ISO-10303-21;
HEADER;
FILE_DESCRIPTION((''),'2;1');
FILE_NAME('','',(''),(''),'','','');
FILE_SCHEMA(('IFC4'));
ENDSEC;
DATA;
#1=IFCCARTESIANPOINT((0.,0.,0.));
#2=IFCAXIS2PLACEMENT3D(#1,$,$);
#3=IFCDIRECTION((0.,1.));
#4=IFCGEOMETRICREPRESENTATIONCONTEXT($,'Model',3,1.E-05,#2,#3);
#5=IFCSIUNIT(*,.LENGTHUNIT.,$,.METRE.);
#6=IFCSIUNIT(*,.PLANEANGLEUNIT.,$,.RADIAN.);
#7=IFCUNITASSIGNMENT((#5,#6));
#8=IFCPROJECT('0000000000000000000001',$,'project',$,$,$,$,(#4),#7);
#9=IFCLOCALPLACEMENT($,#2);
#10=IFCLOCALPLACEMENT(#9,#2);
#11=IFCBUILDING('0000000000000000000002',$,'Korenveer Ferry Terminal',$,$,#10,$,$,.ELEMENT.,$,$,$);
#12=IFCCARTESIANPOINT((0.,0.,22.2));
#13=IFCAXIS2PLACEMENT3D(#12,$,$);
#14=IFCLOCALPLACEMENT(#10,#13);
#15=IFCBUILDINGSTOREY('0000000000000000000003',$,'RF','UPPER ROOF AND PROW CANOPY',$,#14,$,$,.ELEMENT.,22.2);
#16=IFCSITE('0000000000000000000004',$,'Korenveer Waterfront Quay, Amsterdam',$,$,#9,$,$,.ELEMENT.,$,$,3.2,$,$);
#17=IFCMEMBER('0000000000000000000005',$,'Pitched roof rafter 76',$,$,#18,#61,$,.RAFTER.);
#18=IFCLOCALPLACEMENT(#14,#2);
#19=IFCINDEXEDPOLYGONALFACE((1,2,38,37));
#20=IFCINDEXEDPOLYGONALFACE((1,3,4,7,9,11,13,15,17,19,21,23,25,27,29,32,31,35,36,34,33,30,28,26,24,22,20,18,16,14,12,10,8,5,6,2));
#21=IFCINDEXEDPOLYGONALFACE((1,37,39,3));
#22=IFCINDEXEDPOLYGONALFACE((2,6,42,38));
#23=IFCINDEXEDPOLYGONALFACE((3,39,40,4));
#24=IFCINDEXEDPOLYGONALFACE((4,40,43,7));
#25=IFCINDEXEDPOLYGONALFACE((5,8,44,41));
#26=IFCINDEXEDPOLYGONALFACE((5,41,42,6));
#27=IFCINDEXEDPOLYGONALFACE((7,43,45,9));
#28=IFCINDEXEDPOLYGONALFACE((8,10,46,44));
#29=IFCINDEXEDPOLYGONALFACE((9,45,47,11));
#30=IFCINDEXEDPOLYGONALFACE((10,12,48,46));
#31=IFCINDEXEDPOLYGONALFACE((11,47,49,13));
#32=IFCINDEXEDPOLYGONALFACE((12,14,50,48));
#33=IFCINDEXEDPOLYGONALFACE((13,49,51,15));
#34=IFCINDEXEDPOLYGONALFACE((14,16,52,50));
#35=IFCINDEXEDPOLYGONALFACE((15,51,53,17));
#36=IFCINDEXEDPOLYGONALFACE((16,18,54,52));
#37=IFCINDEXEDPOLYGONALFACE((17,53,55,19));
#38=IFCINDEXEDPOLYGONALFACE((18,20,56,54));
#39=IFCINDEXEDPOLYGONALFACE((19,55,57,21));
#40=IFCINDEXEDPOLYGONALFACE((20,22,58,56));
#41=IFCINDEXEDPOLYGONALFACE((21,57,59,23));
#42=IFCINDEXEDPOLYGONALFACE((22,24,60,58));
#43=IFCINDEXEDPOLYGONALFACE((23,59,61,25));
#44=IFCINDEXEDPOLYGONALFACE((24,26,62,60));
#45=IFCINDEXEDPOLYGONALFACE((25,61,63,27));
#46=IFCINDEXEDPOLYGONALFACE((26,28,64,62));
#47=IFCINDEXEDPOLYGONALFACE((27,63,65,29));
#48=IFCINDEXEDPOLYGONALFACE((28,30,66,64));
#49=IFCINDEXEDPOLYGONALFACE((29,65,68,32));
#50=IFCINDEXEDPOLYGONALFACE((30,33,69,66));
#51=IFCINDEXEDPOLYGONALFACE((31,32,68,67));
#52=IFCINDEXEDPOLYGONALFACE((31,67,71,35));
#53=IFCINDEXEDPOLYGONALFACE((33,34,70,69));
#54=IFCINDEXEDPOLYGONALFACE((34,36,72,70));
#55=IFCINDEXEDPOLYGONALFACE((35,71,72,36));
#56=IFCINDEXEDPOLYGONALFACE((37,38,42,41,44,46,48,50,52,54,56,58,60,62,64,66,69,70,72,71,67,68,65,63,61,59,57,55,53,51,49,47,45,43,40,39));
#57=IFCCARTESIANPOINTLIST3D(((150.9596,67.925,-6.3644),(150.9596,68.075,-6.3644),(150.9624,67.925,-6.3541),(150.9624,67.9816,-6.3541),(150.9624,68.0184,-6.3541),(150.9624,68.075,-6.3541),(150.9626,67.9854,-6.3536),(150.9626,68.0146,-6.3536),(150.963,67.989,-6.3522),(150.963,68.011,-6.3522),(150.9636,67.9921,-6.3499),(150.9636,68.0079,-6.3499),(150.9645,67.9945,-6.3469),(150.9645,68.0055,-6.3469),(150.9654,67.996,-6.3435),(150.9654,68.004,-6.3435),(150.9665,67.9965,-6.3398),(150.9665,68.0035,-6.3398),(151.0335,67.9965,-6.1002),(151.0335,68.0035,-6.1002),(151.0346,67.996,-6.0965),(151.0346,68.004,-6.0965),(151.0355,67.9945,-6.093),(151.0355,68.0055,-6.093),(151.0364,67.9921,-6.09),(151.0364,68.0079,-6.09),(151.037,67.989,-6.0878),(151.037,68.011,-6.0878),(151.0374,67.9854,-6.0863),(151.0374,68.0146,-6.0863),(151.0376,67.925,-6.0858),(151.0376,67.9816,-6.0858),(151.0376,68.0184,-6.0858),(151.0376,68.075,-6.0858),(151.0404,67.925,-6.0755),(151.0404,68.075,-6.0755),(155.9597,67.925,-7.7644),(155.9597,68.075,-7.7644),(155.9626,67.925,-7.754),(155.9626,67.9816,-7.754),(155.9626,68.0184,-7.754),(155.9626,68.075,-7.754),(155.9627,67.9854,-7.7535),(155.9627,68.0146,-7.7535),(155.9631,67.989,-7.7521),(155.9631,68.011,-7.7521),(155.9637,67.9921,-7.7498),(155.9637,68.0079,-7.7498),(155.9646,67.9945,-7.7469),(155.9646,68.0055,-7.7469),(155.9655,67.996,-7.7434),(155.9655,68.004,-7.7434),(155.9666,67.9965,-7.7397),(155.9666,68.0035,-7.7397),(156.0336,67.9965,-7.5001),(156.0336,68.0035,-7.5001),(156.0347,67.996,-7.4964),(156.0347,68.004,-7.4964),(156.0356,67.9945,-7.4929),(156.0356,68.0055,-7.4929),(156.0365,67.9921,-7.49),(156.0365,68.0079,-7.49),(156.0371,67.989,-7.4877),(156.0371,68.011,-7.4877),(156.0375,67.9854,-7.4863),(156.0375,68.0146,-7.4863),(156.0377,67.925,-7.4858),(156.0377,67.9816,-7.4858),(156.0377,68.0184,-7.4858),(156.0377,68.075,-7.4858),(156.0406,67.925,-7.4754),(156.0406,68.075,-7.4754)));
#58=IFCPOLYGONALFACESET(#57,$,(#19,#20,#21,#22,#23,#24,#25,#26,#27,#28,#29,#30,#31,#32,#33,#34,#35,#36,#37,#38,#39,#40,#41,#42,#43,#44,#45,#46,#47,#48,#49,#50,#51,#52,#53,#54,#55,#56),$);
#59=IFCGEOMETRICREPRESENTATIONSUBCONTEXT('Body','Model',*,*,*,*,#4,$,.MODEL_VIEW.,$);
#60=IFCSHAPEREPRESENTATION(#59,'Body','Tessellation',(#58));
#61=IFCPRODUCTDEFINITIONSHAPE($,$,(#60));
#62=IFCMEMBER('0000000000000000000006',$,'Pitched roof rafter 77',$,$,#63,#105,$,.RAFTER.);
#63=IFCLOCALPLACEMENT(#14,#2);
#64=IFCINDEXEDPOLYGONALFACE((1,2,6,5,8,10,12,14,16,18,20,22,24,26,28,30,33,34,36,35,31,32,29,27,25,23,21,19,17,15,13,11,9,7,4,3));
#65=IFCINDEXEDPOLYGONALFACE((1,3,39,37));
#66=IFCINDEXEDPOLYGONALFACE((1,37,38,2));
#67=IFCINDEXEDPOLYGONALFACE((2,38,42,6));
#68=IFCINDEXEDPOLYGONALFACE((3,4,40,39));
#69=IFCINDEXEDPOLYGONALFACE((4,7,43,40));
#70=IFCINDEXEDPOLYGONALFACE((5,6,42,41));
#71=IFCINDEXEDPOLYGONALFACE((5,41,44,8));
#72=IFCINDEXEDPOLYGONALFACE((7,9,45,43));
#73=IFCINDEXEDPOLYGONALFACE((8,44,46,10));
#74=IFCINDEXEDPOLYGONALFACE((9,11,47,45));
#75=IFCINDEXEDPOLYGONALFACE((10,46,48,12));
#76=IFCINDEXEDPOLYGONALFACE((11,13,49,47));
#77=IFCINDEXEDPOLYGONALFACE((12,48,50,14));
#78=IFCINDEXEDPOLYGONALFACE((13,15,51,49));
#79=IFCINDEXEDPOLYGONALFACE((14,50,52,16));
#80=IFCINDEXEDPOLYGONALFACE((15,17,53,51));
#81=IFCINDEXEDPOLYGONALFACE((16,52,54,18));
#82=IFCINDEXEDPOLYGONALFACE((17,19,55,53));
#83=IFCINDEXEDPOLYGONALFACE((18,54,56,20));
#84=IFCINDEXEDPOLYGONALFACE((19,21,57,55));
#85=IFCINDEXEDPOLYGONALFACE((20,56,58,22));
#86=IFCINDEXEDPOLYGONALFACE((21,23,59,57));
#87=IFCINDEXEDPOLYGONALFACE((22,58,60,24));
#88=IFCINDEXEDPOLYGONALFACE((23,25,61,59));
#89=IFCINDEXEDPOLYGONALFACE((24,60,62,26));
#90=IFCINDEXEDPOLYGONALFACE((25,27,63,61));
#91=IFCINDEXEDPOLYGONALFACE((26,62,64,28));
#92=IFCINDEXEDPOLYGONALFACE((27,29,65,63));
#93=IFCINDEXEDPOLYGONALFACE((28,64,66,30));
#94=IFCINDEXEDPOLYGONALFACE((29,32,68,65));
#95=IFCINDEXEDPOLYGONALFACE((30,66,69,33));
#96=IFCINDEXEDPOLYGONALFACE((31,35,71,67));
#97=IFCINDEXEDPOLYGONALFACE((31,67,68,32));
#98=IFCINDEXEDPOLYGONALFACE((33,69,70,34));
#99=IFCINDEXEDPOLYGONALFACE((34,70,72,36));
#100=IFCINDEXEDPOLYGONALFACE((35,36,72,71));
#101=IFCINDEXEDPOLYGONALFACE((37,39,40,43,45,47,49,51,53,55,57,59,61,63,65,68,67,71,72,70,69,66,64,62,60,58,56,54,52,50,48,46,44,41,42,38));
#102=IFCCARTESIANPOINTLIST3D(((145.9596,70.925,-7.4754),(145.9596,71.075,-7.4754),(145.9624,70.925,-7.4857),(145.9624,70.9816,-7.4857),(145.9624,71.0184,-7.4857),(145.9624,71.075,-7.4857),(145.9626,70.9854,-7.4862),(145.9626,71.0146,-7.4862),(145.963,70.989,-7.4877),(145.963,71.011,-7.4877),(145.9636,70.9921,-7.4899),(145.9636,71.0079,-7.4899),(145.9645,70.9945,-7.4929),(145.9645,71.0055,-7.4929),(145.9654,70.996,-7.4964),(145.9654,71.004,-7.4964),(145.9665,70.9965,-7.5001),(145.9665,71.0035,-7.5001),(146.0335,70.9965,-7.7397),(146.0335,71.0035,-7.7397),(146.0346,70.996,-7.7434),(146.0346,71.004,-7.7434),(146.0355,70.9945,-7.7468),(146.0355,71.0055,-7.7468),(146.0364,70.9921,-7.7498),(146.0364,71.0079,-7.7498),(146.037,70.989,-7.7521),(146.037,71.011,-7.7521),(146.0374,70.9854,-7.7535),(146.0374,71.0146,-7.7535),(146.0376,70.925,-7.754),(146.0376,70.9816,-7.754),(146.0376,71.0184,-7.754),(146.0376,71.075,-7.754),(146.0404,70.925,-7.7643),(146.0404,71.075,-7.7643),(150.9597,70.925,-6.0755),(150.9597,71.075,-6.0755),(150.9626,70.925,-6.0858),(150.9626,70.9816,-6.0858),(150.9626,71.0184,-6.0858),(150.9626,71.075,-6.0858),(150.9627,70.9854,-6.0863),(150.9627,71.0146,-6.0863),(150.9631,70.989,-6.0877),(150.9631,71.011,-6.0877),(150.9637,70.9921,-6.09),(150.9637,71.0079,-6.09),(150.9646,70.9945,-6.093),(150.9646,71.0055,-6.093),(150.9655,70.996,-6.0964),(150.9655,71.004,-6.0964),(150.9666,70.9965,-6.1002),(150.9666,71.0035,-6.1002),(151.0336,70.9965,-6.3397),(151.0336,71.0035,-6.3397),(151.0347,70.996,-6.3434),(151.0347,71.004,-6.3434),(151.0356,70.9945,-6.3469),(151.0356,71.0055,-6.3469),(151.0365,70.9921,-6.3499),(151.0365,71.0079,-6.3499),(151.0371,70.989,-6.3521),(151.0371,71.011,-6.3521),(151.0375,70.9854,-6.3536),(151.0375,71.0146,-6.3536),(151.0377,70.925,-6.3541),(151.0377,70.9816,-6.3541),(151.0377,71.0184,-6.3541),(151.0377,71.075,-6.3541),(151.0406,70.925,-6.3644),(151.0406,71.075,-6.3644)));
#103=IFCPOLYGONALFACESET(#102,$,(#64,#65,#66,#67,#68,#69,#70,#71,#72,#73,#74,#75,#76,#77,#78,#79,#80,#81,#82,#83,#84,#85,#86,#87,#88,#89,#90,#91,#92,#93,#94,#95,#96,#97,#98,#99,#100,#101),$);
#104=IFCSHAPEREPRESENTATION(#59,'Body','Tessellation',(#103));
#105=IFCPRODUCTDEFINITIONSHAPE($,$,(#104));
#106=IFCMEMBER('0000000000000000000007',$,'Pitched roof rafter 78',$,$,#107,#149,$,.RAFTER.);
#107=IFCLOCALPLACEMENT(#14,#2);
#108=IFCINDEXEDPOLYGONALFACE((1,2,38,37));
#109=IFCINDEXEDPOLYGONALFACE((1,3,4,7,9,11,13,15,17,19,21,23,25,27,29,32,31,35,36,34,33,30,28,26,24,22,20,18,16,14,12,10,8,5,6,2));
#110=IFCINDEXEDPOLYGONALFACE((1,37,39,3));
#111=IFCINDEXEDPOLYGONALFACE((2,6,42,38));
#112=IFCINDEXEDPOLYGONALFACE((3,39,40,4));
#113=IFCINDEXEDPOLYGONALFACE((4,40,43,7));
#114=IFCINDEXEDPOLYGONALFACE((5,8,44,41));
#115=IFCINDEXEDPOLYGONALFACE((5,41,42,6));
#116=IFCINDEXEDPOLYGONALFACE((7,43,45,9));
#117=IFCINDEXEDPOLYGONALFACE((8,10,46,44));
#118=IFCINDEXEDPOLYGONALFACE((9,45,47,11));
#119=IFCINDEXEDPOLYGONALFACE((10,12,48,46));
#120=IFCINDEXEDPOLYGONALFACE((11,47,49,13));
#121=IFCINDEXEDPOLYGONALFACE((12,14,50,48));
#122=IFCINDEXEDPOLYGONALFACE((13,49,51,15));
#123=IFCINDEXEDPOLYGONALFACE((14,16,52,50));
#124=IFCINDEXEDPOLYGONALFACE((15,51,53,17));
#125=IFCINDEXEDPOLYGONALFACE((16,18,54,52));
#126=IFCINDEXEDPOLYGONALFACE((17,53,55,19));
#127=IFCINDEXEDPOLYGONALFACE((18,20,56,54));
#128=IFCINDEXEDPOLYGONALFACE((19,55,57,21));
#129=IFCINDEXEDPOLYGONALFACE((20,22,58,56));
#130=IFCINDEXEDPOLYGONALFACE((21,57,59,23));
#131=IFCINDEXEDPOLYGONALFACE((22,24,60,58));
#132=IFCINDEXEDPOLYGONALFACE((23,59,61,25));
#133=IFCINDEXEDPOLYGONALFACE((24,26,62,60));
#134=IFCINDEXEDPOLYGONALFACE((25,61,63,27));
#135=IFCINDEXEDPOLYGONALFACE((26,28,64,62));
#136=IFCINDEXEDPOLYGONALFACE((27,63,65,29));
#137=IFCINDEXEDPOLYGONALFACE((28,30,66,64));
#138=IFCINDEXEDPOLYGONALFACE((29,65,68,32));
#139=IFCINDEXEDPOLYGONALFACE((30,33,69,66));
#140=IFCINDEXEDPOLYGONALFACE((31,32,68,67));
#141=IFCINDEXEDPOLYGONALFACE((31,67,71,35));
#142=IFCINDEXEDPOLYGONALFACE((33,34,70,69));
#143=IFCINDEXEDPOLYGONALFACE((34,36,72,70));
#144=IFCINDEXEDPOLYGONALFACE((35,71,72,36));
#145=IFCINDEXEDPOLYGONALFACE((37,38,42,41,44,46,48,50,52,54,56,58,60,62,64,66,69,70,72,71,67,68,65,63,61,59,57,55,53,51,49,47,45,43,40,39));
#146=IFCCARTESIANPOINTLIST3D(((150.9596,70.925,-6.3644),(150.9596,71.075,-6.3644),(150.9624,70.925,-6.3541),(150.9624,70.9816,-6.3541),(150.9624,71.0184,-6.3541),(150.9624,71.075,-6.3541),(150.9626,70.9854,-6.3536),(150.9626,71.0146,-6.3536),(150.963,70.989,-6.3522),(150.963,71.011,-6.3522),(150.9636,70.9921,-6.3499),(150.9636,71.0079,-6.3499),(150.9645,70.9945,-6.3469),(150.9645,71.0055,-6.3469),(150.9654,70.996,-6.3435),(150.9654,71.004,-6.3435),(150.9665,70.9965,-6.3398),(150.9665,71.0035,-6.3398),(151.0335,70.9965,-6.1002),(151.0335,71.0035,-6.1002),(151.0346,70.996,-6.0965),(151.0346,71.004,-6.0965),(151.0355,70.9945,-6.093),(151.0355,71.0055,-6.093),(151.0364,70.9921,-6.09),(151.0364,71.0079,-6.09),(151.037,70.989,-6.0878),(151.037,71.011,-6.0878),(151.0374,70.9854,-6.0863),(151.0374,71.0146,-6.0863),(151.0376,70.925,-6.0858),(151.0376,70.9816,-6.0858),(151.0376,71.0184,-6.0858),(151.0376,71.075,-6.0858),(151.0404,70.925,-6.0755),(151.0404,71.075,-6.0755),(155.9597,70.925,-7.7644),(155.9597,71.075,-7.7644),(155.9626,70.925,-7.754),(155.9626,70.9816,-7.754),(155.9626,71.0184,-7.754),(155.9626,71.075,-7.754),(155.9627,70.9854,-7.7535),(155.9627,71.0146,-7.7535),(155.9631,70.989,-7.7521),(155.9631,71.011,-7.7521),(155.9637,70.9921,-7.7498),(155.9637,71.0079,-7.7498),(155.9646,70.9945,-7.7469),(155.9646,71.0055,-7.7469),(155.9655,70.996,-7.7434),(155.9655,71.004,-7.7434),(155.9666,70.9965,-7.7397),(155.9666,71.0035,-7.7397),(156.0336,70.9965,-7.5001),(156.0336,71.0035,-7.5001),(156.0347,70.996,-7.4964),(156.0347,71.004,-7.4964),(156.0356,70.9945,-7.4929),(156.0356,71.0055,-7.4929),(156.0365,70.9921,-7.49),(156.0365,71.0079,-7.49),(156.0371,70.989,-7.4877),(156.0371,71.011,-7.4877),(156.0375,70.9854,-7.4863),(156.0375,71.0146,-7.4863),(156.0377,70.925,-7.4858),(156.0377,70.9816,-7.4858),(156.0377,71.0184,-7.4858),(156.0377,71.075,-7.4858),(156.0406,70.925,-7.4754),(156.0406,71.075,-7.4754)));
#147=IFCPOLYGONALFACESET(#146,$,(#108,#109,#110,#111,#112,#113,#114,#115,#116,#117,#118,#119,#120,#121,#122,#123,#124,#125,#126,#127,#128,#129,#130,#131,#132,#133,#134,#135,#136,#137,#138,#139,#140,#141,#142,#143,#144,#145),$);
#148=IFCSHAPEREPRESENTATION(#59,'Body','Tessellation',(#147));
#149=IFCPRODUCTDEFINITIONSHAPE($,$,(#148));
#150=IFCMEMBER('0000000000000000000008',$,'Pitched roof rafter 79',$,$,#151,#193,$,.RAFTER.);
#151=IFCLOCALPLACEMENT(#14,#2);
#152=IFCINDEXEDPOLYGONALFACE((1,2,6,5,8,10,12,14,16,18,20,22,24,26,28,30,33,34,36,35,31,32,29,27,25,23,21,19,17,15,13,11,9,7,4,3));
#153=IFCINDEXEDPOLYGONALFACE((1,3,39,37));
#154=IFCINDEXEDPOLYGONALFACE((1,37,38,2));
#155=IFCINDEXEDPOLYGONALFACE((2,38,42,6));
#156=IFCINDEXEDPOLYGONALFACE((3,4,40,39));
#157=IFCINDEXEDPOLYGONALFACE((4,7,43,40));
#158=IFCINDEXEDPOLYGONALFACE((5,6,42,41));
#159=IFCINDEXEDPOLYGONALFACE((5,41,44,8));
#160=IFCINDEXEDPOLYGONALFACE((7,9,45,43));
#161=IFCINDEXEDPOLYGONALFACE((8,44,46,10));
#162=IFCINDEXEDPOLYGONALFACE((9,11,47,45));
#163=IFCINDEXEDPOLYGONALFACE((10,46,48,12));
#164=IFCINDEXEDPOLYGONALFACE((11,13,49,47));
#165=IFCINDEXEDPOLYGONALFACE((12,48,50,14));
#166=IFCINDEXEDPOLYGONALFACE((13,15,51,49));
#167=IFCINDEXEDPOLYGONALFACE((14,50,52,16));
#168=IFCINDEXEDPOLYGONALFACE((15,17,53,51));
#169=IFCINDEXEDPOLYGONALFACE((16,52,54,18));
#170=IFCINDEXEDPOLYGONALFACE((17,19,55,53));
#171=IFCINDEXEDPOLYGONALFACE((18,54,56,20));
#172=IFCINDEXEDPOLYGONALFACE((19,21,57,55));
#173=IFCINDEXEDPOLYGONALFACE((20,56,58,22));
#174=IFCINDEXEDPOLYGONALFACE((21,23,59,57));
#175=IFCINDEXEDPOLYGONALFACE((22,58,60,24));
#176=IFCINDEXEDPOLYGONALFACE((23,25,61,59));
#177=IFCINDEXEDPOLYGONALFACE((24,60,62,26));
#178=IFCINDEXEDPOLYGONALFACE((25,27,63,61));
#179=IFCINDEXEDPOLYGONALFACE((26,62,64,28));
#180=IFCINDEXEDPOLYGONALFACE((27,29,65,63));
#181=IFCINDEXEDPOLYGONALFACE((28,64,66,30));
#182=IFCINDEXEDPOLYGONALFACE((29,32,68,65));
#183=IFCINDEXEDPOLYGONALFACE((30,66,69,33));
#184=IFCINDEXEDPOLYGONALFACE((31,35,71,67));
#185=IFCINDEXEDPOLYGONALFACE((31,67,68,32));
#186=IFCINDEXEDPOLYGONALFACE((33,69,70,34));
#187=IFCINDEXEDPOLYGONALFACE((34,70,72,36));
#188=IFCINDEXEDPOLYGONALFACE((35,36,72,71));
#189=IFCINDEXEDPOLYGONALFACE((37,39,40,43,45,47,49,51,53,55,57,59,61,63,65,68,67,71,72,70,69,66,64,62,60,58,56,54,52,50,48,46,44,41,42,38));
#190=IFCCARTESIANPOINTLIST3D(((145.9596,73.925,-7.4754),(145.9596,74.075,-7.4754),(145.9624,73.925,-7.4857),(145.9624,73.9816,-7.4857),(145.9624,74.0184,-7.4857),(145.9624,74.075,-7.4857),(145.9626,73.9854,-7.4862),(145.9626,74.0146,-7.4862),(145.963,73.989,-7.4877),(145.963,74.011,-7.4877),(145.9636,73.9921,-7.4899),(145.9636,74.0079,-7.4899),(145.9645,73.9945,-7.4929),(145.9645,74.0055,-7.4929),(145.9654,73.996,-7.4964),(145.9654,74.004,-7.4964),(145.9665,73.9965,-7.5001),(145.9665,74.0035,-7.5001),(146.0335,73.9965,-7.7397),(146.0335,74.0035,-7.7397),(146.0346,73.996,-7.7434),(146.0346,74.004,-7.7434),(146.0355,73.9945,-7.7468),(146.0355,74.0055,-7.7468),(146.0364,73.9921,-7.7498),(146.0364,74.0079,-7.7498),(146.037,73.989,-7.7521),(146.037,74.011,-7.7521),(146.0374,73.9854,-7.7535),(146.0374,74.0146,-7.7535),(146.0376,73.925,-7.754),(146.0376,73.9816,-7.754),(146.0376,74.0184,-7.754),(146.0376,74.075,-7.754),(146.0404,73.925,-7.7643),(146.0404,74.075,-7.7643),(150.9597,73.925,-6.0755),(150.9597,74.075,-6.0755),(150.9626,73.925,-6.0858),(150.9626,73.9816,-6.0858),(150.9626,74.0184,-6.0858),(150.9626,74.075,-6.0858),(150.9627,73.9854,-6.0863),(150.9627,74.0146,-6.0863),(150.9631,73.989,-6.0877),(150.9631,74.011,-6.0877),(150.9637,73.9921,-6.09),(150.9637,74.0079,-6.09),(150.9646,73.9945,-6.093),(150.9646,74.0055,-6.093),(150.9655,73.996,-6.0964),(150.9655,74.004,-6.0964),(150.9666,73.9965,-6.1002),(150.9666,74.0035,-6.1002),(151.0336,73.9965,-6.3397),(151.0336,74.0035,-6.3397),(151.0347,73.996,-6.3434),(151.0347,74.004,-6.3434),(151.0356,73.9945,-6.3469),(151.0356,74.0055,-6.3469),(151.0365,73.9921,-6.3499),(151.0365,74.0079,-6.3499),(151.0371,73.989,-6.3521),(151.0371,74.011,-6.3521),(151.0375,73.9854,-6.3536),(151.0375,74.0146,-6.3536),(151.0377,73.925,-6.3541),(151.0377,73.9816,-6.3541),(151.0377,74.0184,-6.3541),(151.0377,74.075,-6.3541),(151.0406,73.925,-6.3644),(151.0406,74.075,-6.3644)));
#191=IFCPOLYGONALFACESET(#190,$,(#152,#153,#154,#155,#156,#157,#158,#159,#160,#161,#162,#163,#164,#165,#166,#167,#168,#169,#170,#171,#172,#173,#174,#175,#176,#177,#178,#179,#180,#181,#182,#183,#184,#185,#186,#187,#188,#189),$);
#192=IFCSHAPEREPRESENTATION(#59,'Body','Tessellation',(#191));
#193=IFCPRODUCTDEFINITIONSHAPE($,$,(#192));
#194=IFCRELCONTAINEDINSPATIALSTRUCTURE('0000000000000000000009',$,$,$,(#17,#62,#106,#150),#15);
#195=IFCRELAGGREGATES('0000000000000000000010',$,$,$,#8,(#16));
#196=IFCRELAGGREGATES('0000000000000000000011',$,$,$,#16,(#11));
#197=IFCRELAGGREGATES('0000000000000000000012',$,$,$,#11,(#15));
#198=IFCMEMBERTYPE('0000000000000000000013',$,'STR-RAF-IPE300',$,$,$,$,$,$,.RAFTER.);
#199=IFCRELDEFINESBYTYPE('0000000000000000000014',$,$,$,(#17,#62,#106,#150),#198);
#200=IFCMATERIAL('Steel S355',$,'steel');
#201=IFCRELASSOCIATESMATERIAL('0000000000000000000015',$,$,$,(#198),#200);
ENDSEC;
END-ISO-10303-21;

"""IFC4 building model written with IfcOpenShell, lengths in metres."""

from ifc_helpers import new_model, si_unit, direction, frame, origin, origin_2d, place, context, subcontext, project, spatial, i_section, extrude, material, material_profile, profile_set, type_object, element, save


model = new_model("IFC4")

# Units and contexts
model_context = context("Model", 3, precision=1e-05, world=origin(), true_north=direction((0.0, 1.0)))
body_context = subcontext(model_context, "Body", "Model", "MODEL_VIEW")
ifc_project = project(units=[si_unit("LENGTHUNIT", "METRE"), si_unit("PLANEANGLEUNIT", "RADIAN")], contexts=[model_context])

# Site, building, storey
site_placement = place(None, origin())
site = spatial("IfcSite", under=ifc_project, at=site_placement, Name="Korenveer Waterfront Quay, Amsterdam", CompositionType="ELEMENT", RefElevation=3.2)
building_placement = place(site_placement, origin())
building = spatial("IfcBuilding", under=site, at=building_placement, Name="Korenveer Ferry Terminal", CompositionType="ELEMENT")
storey_placement = place(building_placement, frame((0.0, 0.0, 22.2)))
storey = spatial("IfcBuildingStorey", under=building, at=storey_placement, Name="RF", Description="UPPER ROOF AND PROW CANOPY", CompositionType="ELEMENT", Elevation=22.2)

# Shared definitions
ifc_material_1 = material(Name="Steel S355", Category="steel")

# Members
ifc_material_profile_1 = material_profile(ifc_material_1, i_section(OverallWidth=0.1499, OverallDepth=0.3, WebThickness=0.0071, FlangeThickness=0.0107, FilletRadius=0.0149, at=origin_2d()), Name="IPE 300")
ifc_profile_set_1 = profile_set([ifc_material_profile_1], Name="Steel S355")
member_type_1 = type_object("IfcMemberType", Name="STR-RAF-IPE300", PredefinedType="RAFTER", material=ifc_profile_set_1)
for number, where, z_axis, x_axis, name in (
    (1, (151.0, 68.0, -6.22), (0.962969, 0.0, -0.269612), (0.0, 1.0, 0.0), "Pitched roof rafter 76"),
    (2, (146.0, 71.0, -7.6199), (0.962969, 0.0, 0.269612), (0.0, 1.0, 0.0), "Pitched roof rafter 77"),
    (3, (151.0, 71.0, -6.22), (0.962969, 0.0, -0.269612), (0.0, 1.0, 0.0), "Pitched roof rafter 78"),
    (4, (146.0, 74.0, -7.6199), (0.962969, 0.0, 0.269612), (0.0, 1.0, 0.0), "Pitched roof rafter 79"),
):
    element("IfcMember", number, at=place(storey_placement, frame(where, z_axis=z_axis, x_axis=x_axis)), inside=storey, type_object=member_type_1, Name=name, PredefinedType="RAFTER", context=body_context, shape_type="SweptSolid", body=[
        extrude(i_section(OverallWidth=0.1499, OverallDepth=0.3, WebThickness=0.0071, FlangeThickness=0.0107, FilletRadius=0.0149, at=origin_2d()), origin(), (0.0, 0.0, 1.0), 5.1924),
    ])

save(model, "model.ifc")
